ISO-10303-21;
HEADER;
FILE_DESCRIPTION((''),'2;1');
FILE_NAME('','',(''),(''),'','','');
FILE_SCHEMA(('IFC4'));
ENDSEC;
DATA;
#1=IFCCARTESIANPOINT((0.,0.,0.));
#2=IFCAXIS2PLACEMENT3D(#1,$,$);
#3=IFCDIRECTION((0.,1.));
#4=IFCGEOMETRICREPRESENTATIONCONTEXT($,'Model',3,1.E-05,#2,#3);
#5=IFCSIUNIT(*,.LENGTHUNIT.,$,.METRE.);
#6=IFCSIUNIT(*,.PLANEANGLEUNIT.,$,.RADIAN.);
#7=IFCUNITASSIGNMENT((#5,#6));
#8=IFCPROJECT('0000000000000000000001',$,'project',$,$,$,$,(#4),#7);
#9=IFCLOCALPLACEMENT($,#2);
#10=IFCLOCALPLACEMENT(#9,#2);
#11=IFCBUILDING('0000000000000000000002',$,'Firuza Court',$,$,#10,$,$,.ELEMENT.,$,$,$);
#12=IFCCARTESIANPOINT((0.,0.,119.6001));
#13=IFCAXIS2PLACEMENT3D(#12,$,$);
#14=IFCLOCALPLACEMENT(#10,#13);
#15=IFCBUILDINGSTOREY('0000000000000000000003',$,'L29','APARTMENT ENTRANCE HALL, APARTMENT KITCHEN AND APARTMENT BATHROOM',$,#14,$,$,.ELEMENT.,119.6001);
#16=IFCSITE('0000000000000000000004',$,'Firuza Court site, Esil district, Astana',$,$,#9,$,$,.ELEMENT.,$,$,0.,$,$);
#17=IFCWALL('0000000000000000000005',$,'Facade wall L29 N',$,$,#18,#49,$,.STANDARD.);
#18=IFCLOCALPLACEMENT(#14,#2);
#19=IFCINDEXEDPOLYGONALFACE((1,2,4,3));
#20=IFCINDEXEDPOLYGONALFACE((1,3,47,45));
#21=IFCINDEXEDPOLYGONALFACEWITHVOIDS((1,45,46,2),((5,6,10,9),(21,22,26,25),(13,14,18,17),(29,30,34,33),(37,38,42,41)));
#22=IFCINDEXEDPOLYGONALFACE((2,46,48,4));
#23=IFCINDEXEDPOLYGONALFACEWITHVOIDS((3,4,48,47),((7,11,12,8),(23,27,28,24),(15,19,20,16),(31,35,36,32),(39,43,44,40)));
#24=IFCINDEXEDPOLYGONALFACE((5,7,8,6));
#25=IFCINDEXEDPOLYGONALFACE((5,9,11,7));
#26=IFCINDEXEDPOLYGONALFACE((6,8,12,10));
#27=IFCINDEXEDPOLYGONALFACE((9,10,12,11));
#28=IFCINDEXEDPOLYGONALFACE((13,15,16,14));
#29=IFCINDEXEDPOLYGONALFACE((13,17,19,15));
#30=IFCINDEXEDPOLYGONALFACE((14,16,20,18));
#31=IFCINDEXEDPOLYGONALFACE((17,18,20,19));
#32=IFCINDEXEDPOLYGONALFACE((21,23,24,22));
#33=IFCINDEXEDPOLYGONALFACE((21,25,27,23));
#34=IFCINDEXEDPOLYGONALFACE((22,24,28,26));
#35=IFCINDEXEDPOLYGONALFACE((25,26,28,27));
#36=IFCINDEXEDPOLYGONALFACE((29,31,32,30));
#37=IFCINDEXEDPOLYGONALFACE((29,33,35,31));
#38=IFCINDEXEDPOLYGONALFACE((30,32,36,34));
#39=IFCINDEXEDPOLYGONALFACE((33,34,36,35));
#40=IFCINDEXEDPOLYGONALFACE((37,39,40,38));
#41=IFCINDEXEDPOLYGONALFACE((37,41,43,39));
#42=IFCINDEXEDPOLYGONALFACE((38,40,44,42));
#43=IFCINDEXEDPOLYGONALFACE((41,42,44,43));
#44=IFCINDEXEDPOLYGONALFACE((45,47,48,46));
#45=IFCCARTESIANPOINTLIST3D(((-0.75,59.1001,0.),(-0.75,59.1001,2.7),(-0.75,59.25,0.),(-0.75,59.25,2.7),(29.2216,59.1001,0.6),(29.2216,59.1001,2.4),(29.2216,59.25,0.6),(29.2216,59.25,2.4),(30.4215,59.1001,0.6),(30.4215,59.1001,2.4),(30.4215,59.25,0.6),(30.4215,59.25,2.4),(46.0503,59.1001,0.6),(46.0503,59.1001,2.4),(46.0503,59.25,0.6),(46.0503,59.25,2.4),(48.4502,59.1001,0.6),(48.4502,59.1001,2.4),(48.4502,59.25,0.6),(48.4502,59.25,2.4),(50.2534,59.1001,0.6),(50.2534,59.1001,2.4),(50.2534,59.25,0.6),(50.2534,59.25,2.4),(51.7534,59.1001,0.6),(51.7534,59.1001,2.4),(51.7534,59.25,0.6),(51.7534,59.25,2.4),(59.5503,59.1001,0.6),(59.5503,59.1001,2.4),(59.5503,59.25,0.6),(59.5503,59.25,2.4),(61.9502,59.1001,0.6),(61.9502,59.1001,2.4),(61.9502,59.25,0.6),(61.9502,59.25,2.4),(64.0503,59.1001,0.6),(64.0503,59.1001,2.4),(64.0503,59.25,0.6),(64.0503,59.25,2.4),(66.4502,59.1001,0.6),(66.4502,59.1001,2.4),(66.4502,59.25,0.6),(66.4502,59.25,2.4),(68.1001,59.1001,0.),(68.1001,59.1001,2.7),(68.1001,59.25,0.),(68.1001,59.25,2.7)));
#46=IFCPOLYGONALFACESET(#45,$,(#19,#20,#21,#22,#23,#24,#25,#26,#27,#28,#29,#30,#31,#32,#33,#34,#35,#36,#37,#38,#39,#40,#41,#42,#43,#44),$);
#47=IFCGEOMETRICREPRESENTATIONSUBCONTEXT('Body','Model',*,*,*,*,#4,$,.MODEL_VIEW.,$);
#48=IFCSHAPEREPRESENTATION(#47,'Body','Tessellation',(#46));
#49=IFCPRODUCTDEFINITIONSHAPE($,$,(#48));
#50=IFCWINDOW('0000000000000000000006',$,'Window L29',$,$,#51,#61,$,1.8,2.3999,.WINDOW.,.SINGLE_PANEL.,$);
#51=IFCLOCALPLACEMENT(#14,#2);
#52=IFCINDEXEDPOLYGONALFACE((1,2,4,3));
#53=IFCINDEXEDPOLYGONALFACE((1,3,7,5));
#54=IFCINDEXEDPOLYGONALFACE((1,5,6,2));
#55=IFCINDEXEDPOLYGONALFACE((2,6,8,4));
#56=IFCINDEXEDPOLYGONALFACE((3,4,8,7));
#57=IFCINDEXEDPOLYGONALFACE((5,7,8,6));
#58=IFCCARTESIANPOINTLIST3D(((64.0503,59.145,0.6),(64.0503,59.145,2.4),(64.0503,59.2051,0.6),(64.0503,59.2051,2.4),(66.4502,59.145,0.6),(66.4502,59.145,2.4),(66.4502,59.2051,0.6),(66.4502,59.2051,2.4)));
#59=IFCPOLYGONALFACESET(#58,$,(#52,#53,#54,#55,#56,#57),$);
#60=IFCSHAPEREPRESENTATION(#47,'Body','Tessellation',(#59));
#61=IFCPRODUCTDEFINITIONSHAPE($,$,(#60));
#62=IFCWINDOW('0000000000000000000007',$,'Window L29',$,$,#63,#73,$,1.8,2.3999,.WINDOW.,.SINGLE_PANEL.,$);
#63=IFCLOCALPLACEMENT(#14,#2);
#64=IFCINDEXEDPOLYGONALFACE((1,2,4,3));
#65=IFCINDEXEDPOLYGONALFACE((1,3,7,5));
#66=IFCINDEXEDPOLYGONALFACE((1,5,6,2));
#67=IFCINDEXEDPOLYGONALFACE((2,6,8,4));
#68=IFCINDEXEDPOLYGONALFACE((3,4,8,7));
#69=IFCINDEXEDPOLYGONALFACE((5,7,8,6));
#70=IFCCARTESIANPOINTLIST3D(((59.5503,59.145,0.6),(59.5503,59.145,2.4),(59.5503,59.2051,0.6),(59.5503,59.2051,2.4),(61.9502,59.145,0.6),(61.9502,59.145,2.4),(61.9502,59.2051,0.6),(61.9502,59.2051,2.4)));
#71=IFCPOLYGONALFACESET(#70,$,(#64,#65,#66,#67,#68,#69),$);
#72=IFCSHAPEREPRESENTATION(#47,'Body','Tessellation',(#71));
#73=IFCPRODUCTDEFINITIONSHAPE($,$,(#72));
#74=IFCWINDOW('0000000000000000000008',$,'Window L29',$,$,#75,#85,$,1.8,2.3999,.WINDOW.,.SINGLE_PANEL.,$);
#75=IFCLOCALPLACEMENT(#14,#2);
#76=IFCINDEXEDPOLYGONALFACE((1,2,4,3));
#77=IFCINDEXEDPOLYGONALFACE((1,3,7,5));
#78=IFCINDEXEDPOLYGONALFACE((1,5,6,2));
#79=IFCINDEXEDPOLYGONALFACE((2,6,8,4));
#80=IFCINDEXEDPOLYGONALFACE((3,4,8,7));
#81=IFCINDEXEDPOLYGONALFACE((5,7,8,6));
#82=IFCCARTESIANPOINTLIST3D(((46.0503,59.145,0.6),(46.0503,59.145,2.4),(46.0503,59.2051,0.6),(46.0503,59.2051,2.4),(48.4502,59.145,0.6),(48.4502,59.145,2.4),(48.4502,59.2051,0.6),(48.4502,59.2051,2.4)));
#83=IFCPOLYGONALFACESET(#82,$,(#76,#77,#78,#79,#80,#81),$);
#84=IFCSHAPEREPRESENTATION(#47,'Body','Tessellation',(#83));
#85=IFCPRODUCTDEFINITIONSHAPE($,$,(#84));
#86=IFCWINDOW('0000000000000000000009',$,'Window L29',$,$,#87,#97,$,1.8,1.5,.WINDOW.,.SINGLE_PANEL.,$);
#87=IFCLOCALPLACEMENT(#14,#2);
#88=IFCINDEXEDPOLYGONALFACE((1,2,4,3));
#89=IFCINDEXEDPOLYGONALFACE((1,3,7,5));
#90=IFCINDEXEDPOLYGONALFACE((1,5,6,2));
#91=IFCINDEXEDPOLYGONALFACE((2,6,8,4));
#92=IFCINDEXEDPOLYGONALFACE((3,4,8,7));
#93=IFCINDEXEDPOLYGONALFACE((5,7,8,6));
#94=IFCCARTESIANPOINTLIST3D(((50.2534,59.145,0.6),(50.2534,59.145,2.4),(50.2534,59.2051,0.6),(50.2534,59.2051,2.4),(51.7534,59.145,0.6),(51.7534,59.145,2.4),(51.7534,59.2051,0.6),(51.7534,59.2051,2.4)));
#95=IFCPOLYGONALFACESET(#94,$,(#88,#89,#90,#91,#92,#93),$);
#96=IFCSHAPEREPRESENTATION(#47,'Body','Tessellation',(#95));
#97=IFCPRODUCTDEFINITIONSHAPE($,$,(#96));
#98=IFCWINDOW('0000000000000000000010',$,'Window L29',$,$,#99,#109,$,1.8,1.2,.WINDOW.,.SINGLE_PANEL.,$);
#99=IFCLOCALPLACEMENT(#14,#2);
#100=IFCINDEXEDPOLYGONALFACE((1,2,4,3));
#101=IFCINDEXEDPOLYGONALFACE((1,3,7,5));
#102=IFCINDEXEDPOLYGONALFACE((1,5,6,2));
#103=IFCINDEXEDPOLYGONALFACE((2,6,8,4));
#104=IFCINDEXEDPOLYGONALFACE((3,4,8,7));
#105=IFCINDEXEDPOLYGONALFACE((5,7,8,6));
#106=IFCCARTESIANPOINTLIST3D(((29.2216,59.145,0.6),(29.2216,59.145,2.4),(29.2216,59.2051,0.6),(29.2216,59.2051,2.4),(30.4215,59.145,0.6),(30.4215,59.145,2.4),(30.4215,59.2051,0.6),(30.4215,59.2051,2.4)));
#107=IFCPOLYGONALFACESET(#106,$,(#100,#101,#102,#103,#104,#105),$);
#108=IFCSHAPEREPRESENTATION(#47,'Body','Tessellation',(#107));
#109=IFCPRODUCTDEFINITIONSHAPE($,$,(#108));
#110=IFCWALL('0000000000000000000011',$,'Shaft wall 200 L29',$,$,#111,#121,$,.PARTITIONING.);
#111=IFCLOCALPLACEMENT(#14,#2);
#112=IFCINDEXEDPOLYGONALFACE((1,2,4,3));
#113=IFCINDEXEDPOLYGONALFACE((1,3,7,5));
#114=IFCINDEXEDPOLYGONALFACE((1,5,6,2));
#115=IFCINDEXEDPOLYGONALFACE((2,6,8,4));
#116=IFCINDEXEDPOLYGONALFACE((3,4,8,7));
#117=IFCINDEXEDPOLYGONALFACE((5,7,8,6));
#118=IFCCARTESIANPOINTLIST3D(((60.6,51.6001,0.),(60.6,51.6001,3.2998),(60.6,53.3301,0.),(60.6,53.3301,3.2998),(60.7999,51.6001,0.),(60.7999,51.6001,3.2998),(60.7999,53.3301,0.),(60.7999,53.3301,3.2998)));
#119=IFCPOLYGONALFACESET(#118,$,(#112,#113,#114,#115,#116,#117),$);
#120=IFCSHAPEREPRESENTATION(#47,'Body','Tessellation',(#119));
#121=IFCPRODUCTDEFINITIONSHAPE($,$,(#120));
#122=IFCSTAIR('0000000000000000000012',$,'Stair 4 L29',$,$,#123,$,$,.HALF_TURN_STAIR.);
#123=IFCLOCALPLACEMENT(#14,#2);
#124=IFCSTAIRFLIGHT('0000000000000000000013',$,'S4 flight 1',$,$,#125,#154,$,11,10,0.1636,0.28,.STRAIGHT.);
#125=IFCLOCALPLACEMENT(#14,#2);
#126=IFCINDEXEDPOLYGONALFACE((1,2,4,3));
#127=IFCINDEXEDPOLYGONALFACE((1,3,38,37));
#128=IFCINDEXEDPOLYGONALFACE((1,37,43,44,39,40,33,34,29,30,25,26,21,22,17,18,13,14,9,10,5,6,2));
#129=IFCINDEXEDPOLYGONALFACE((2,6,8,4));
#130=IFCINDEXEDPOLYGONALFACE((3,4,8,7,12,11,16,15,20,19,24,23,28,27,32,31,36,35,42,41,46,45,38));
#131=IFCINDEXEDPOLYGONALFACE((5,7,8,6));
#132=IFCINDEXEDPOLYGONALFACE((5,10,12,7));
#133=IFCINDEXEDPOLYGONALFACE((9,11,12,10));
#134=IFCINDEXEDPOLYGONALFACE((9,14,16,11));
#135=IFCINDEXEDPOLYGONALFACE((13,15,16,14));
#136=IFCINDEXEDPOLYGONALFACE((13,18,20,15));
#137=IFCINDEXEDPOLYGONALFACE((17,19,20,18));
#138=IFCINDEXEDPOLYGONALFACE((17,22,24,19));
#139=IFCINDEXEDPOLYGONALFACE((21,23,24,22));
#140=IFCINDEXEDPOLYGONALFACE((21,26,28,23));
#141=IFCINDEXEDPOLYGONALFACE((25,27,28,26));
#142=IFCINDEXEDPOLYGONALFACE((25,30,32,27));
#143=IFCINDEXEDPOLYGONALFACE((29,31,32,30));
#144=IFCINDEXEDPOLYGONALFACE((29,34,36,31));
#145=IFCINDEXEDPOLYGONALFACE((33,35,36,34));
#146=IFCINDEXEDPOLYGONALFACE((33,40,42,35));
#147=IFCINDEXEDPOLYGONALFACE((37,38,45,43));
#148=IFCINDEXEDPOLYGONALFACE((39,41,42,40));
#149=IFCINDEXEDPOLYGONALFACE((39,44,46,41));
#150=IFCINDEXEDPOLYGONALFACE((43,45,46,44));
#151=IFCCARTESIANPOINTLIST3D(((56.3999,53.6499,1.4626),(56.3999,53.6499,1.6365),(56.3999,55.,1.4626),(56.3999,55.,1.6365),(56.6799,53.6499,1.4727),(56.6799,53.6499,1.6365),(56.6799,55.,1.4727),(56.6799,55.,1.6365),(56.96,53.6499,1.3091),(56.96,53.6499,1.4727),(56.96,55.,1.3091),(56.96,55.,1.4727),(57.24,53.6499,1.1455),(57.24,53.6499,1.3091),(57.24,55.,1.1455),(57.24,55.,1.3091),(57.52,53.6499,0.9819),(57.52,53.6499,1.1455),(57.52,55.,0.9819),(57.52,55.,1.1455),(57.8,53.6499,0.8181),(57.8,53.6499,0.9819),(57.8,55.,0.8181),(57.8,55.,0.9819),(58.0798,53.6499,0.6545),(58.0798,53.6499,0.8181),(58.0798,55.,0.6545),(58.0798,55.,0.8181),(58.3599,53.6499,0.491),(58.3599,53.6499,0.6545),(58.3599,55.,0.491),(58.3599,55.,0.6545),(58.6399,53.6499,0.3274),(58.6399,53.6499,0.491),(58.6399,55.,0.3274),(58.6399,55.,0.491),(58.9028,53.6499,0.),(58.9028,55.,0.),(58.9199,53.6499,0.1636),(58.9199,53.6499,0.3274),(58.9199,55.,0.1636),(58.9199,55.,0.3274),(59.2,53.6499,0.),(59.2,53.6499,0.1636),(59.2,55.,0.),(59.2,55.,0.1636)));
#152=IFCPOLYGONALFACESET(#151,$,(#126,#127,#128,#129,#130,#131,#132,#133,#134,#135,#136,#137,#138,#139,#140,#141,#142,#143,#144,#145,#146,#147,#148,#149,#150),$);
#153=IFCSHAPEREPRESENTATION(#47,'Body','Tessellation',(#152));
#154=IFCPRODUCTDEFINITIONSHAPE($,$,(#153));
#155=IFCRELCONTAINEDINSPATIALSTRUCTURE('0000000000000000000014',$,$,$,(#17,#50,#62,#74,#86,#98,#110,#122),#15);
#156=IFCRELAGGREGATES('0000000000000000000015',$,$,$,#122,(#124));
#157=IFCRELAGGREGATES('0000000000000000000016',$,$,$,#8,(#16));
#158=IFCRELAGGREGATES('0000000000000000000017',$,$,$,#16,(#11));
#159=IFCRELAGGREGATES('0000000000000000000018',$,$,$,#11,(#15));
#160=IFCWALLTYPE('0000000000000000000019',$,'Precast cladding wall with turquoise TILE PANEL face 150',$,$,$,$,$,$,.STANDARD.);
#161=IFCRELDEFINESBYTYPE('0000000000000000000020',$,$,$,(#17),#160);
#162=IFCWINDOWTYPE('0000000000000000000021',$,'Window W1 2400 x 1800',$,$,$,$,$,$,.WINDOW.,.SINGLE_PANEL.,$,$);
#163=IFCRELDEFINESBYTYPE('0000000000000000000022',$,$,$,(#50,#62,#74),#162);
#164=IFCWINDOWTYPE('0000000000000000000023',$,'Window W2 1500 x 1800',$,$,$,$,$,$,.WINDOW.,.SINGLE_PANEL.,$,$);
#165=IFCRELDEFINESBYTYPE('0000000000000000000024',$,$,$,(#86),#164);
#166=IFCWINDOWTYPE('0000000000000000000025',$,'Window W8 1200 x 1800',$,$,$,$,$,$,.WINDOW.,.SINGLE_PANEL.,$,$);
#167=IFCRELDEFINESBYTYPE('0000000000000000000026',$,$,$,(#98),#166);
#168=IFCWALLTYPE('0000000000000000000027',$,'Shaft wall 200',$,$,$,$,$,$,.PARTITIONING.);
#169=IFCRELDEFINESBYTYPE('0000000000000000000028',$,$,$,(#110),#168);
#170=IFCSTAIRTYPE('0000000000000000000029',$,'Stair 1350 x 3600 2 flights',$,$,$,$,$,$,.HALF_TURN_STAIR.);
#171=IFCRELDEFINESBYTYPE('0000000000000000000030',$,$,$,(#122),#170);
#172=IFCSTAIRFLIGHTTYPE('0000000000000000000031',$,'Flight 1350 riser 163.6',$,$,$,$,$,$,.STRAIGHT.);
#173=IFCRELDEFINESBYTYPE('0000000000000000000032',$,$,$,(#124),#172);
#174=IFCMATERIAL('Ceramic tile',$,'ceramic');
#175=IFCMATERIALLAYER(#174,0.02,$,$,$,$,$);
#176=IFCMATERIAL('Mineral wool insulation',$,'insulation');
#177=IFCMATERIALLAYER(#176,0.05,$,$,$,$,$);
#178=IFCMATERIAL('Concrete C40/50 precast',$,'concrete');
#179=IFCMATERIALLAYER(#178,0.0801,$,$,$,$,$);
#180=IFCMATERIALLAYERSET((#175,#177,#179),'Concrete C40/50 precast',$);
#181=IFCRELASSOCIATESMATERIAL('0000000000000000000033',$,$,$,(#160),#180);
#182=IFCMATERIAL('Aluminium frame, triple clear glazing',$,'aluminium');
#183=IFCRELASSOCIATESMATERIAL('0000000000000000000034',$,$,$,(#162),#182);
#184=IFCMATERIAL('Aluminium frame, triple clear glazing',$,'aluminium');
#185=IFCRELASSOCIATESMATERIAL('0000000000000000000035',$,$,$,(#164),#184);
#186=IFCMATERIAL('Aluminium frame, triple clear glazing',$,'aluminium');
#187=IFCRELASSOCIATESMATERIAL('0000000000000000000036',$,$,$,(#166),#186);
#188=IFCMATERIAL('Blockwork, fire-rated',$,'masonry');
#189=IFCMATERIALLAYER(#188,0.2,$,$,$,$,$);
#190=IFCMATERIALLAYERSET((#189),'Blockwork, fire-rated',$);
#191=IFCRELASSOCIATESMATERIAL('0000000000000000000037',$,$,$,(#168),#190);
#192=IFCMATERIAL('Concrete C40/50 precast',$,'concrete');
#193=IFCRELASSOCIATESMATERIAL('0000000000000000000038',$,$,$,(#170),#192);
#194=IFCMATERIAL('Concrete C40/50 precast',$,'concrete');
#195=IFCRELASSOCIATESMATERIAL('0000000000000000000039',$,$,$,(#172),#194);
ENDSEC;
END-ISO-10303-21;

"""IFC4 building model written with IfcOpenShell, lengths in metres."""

from ifc_helpers import new_model, si_unit, direction, frame, frame_2d, origin, place, context, subcontext, project, spatial, polyline, rectangle, outline, extrude, material, layer, layer_set, type_object, element, fill, aggregate, save


model = new_model("IFC4")

# Units and contexts
model_context = context("Model", 3, precision=1e-05, world=origin(), true_north=direction((0.0, 1.0)))
body_context = subcontext(model_context, "Body", "Model", "MODEL_VIEW")
ifc_project = project(units=[si_unit("LENGTHUNIT", "METRE"), si_unit("PLANEANGLEUNIT", "RADIAN")], contexts=[model_context])

# Site, building, storey
site_placement = place(None, origin())
site = spatial("IfcSite", under=ifc_project, at=site_placement, Name="Firuza Court site, Esil district, Astana", CompositionType="ELEMENT", RefElevation=0.0)
building_placement = place(site_placement, origin())
building = spatial("IfcBuilding", under=site, at=building_placement, Name="Firuza Court", CompositionType="ELEMENT")
storey_placement = place(building_placement, frame((0.0, 0.0, 119.6001)))
storey = spatial("IfcBuildingStorey", under=building, at=storey_placement, Name="L29", Description="APARTMENT ENTRANCE HALL, APARTMENT KITCHEN AND APARTMENT BATHROOM", CompositionType="ELEMENT", Elevation=119.6001)

# Wall, openings, windows
ifc_material_1 = material(Name="Ceramic tile", Category="ceramic")
ifc_layer_1 = layer(ifc_material_1, 0.02)
ifc_material_2 = material(Name="Mineral wool insulation", Category="insulation")
ifc_layer_2 = layer(ifc_material_2, 0.05)
ifc_material_3 = material(Name="Concrete C40/50 precast", Category="concrete")
ifc_layer_3 = layer(ifc_material_3, 0.0801)
ifc_layer_set_1 = layer_set([ifc_layer_1, ifc_layer_2, ifc_layer_3], Name="Concrete C40/50 precast")
wall_type_1 = type_object("IfcWallType", Name="Precast cladding wall with turquoise TILE PANEL face 150", PredefinedType="STANDARD", material=ifc_layer_set_1)
wall_1_placement = place(storey_placement, frame((68.1001, 59.175, 0.0), z_axis=(0.0, 0.0, 1.0), x_axis=(-1.0, 0.0, 0.0)))
wall_1 = element("IfcWall", 1, at=wall_1_placement, inside=storey, type_object=wall_type_1, Name="Facade wall L29 N", PredefinedType="STANDARD", context=body_context, shape_type="SweptSolid", body=[
    extrude(rectangle(XDim=68.8501, YDim=0.1499, at=frame_2d((34.425, 0.0))), origin(), (0.0, 0.0, 1.0), 2.7),
])
opening_1_placement = place(wall_1_placement, frame((1.6499, 0.0, 0.6001)))
opening_1 = element("IfcOpeningElement", 2, at=opening_1_placement, cuts=wall_1, PredefinedType="OPENING", context=body_context, shape_type="SweptSolid", body=[
    extrude(rectangle(XDim=2.3999, YDim=1.8, at=frame_2d((1.2, 0.8999))), frame((0.0, 0.0869, 0.0), z_axis=(0.0, -1.0, 0.0), x_axis=(1.0, 0.0, 0.0)), (0.0, 0.0, 1.0), 0.1738),
])
opening_2_placement = place(wall_1_placement, frame((6.1499, 0.0, 0.6001)))
opening_2 = element("IfcOpeningElement", 3, at=opening_2_placement, cuts=wall_1, PredefinedType="OPENING", context=body_context, shape_type="SweptSolid", body=[
    extrude(rectangle(XDim=2.3999, YDim=1.8, at=frame_2d((1.2, 0.8999))), frame((0.0, 0.0869, 0.0), z_axis=(0.0, -1.0, 0.0), x_axis=(1.0, 0.0, 0.0)), (0.0, 0.0, 1.0), 0.1738),
])
opening_3_placement = place(wall_1_placement, frame((16.3467, 0.0, 0.6001)))
opening_3 = element("IfcOpeningElement", 4, at=opening_3_placement, cuts=wall_1, PredefinedType="OPENING", context=body_context, shape_type="SweptSolid", body=[
    extrude(rectangle(XDim=1.5, YDim=1.8, at=frame_2d((0.75, 0.8999))), frame((0.0, 0.0869, 0.0), z_axis=(0.0, -1.0, 0.0), x_axis=(1.0, 0.0, 0.0)), (0.0, 0.0, 1.0), 0.1738),
])
opening_4_placement = place(wall_1_placement, frame((19.6499, 0.0, 0.6001)))
opening_4 = element("IfcOpeningElement", 5, at=opening_4_placement, cuts=wall_1, PredefinedType="OPENING", context=body_context, shape_type="SweptSolid", body=[
    extrude(rectangle(XDim=2.3999, YDim=1.8, at=frame_2d((1.2, 0.8999))), frame((0.0, 0.0869, 0.0), z_axis=(0.0, -1.0, 0.0), x_axis=(1.0, 0.0, 0.0)), (0.0, 0.0, 1.0), 0.1738),
])
opening_5_placement = place(wall_1_placement, frame((37.6785, 0.0, 0.6001)))
opening_5 = element("IfcOpeningElement", 6, at=opening_5_placement, cuts=wall_1, PredefinedType="OPENING", context=body_context, shape_type="SweptSolid", body=[
    extrude(rectangle(XDim=1.2, YDim=1.8, at=frame_2d((0.6001, 0.8999))), frame((0.0, 0.0869, 0.0), z_axis=(0.0, -1.0, 0.0), x_axis=(1.0, 0.0, 0.0)), (0.0, 0.0, 1.0), 0.1738),
])
ifc_material_4 = material(Name="Aluminium frame, triple clear glazing", Category="aluminium")
window_type_1 = type_object("IfcWindowType", Name="Window W1 2400 x 1800", PartitioningType="SINGLE_PANEL", PredefinedType="WINDOW", material=ifc_material_4)
window_1_placement = place(opening_1_placement, origin())
window_1 = element("IfcWindow", 7, at=window_1_placement, inside=storey, type_object=window_type_1, Name="Window L29", OverallHeight=1.8, OverallWidth=2.3999, PartitioningType="SINGLE_PANEL", PredefinedType="WINDOW", context=body_context, shape_type="SweptSolid", body=[
    extrude(rectangle(XDim=2.3999, YDim=1.8, at=frame_2d((1.2, 0.8999))), frame((0.0, 0.03, 0.0), z_axis=(0.0, -1.0, 0.0), x_axis=(1.0, 0.0, 0.0)), (0.0, 0.0, 1.0), 0.0601),
])
fill(opening_1, window_1)
window_2_placement = place(opening_2_placement, origin())
window_2 = element("IfcWindow", 8, at=window_2_placement, inside=storey, type_object=window_type_1, Name="Window L29", OverallHeight=1.8, OverallWidth=2.3999, PartitioningType="SINGLE_PANEL", PredefinedType="WINDOW", context=body_context, shape_type="SweptSolid", body=[
    extrude(rectangle(XDim=2.3999, YDim=1.8, at=frame_2d((1.2, 0.8999))), frame((0.0, 0.03, 0.0), z_axis=(0.0, -1.0, 0.0), x_axis=(1.0, 0.0, 0.0)), (0.0, 0.0, 1.0), 0.0601),
])
fill(opening_2, window_2)
window_3_placement = place(opening_4_placement, origin())
window_3 = element("IfcWindow", 9, at=window_3_placement, inside=storey, type_object=window_type_1, Name="Window L29", OverallHeight=1.8, OverallWidth=2.3999, PartitioningType="SINGLE_PANEL", PredefinedType="WINDOW", context=body_context, shape_type="SweptSolid", body=[
    extrude(rectangle(XDim=2.3999, YDim=1.8, at=frame_2d((1.2, 0.8999))), frame((0.0, 0.03, 0.0), z_axis=(0.0, -1.0, 0.0), x_axis=(1.0, 0.0, 0.0)), (0.0, 0.0, 1.0), 0.0601),
])
fill(opening_4, window_3)
ifc_material_5 = material(Name="Aluminium frame, triple clear glazing", Category="aluminium")
window_type_2 = type_object("IfcWindowType", Name="Window W2 1500 x 1800", PartitioningType="SINGLE_PANEL", PredefinedType="WINDOW", material=ifc_material_5)
window_4_placement = place(opening_3_placement, origin())
window_4 = element("IfcWindow", 10, at=window_4_placement, inside=storey, type_object=window_type_2, Name="Window L29", OverallHeight=1.8, OverallWidth=1.5, PartitioningType="SINGLE_PANEL", PredefinedType="WINDOW", context=body_context, shape_type="SweptSolid", body=[
    extrude(rectangle(XDim=1.5, YDim=1.8, at=frame_2d((0.75, 0.8999))), frame((0.0, 0.03, 0.0), z_axis=(0.0, -1.0, 0.0), x_axis=(1.0, 0.0, 0.0)), (0.0, 0.0, 1.0), 0.0601),
])
fill(opening_3, window_4)
ifc_material_6 = material(Name="Aluminium frame, triple clear glazing", Category="aluminium")
window_type_3 = type_object("IfcWindowType", Name="Window W8 1200 x 1800", PartitioningType="SINGLE_PANEL", PredefinedType="WINDOW", material=ifc_material_6)
window_5_placement = place(opening_5_placement, origin())
window_5 = element("IfcWindow", 11, at=window_5_placement, inside=storey, type_object=window_type_3, Name="Window L29", OverallHeight=1.8, OverallWidth=1.2, PartitioningType="SINGLE_PANEL", PredefinedType="WINDOW", context=body_context, shape_type="SweptSolid", body=[
    extrude(rectangle(XDim=1.2, YDim=1.8, at=frame_2d((0.6001, 0.8999))), frame((0.0, 0.03, 0.0), z_axis=(0.0, -1.0, 0.0), x_axis=(1.0, 0.0, 0.0)), (0.0, 0.0, 1.0), 0.0601),
])
fill(opening_5, window_5)

# Wall
ifc_material_7 = material(Name="Blockwork, fire-rated", Category="masonry")
ifc_layer_4 = layer(ifc_material_7, 0.2)
ifc_layer_set_2 = layer_set([ifc_layer_4], Name="Blockwork, fire-rated")
wall_type_2 = type_object("IfcWallType", Name="Shaft wall 200", PredefinedType="PARTITIONING", material=ifc_layer_set_2)
wall_2_placement = place(storey_placement, frame((60.7, 51.6001, 0.0), z_axis=(0.0, 0.0, 1.0), x_axis=(0.0, 1.0, 0.0)))
element("IfcWall", 12, at=wall_2_placement, inside=storey, type_object=wall_type_2, Name="Shaft wall 200 L29", PredefinedType="PARTITIONING", context=body_context, shape_type="SweptSolid", body=[
    extrude(rectangle(XDim=1.73, YDim=0.2, at=frame_2d((0.865, 0.0))), origin(), (0.0, 0.0, 1.0), 3.2998),
])

# Stair, stair flight
ifc_material_8 = material(Name="Concrete C40/50 precast", Category="concrete")
stair_type = type_object("IfcStairType", Name="Stair 1350 x 3600 2 flights", PredefinedType="HALF_TURN_STAIR", material=ifc_material_8)
stair_placement = place(storey_placement, origin())
stair = element("IfcStair", 13, at=stair_placement, inside=storey, type_object=stair_type, Name="Stair 4 L29", PredefinedType="HALF_TURN_STAIR")
ifc_material_9 = material(Name="Concrete C40/50 precast", Category="concrete")
stair_flight_type = type_object("IfcStairFlightType", Name="Flight 1350 riser 163.6", PredefinedType="STRAIGHT", material=ifc_material_9)
stair_flight_1_placement = place(storey_placement, frame((59.2, 54.325, 0.0), z_axis=(0.0, 0.0, 1.0), x_axis=(-1.0, 0.0, 0.0)))
stair_flight_1 = element("IfcStairFlight", 14, at=stair_flight_1_placement, type_object=stair_flight_type, Name="S4 flight 1", NumberOfRisers=11, NumberOfTreads=10, PredefinedType="STRAIGHT", RiserHeight=0.1636, TreadLength=0.28, context=body_context, shape_type="SweptSolid", body=[
    extrude(outline(polyline([(0.0, 0.0), (0.0, 0.1636), (0.28, 0.1636), (0.28, 0.3274), (0.5601, 0.3274), (0.5601, 0.491), (0.8401, 0.491), (0.8401, 0.6545), (1.1201, 0.6545), (1.1201, 0.8181), (1.3999, 0.8181), (1.3999, 0.9819), (1.6799, 0.9819), (1.6799, 1.1455), (1.96, 1.1455), (1.96, 1.3091), (2.24, 1.3091), (2.24, 1.4727), (2.52, 1.4727), (2.52, 1.6365), (2.8, 1.6365), (2.8, 1.8), (2.8, 1.4626), (0.2971, 0.0), (0.0, 0.0)])), frame((0.0, 0.675, 0.0), z_axis=(0.0, -1.0, 0.0), x_axis=(1.0, 0.0, 0.0)), (0.0, 0.0, 1.0), 1.3501),
])
aggregate(stair, [stair_flight_1])

save(model, "model.ifc")
